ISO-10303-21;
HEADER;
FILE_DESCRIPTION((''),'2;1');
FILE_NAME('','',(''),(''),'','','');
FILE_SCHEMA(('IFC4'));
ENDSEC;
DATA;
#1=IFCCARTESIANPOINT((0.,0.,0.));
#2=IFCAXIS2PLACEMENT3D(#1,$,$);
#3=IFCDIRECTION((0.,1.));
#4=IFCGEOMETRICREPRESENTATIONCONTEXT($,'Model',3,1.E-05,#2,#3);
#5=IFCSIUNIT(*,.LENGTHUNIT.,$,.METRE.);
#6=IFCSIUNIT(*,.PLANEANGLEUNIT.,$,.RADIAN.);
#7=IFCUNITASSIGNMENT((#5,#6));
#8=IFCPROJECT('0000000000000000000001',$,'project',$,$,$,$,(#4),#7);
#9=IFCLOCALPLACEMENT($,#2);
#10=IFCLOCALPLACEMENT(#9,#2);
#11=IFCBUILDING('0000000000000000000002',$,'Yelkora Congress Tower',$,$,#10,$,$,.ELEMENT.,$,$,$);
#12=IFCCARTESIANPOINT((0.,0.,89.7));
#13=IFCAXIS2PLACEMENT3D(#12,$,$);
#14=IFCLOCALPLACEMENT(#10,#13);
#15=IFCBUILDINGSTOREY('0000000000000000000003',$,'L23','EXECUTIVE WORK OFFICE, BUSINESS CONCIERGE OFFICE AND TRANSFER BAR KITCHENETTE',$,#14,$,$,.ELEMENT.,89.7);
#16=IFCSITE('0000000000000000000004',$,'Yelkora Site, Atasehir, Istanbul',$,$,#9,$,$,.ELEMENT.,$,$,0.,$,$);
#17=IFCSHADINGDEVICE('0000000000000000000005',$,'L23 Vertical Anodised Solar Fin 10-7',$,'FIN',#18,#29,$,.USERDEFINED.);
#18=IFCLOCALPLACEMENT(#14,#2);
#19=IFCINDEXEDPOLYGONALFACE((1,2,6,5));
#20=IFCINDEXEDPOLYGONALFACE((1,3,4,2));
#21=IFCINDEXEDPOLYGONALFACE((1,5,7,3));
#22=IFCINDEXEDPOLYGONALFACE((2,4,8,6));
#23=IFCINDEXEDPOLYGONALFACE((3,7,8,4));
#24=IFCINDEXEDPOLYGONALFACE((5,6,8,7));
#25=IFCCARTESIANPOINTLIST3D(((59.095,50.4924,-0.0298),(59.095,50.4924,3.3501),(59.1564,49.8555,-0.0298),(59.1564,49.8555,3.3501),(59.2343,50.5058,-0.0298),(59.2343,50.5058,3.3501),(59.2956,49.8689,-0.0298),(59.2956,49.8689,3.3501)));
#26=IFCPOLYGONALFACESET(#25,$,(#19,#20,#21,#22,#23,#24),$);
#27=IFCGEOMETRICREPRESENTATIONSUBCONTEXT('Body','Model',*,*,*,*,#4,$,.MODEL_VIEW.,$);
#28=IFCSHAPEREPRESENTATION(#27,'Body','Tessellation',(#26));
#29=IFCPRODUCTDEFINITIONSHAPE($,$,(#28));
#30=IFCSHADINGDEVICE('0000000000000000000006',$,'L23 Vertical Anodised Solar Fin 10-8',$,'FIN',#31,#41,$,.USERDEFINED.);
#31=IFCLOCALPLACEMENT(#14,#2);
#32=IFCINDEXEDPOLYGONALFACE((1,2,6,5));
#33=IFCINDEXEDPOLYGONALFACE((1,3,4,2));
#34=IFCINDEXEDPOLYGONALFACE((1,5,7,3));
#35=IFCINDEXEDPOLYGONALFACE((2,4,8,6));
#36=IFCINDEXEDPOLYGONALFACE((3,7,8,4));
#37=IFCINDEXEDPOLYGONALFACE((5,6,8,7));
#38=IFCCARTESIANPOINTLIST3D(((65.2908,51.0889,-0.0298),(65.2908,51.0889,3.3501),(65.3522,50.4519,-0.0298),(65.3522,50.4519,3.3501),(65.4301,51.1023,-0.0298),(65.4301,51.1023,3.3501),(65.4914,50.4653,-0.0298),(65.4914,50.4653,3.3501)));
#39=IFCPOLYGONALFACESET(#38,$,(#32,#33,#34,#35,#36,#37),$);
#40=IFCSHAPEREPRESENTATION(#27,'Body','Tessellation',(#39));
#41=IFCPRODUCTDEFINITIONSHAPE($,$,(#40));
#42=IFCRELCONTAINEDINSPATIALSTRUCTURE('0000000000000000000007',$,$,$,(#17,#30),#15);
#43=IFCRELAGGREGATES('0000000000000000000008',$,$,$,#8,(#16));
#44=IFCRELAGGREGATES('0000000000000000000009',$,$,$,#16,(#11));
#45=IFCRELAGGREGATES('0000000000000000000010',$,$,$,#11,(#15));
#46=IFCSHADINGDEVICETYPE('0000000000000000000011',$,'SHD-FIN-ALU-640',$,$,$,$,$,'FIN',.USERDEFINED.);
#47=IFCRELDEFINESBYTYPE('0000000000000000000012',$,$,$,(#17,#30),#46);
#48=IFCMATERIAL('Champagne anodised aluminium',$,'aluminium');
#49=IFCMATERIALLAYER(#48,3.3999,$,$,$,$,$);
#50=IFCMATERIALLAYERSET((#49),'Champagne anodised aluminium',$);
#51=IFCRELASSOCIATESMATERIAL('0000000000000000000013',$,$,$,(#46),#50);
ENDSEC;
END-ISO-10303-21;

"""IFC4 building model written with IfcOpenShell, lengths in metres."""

from ifc_helpers import new_model, si_unit, direction, frame, origin, origin_2d, place, context, subcontext, project, spatial, rectangle, extrude, material, layer, layer_set, type_object, element, save


model = new_model("IFC4")

# Units and contexts
model_context = context("Model", 3, precision=1e-05, world=origin(), true_north=direction((0.0, 1.0)))
body_context = subcontext(model_context, "Body", "Model", "MODEL_VIEW")
ifc_project = project(units=[si_unit("LENGTHUNIT", "METRE"), si_unit("PLANEANGLEUNIT", "RADIAN")], contexts=[model_context])

# Site, building, storey
site_placement = place(None, origin())
site = spatial("IfcSite", under=ifc_project, at=site_placement, Name="Yelkora Site, Atasehir, Istanbul", CompositionType="ELEMENT", RefElevation=0.0)
building_placement = place(site_placement, origin())
building = spatial("IfcBuilding", under=site, at=building_placement, Name="Yelkora Congress Tower", CompositionType="ELEMENT")
storey_placement = place(building_placement, frame((0.0, 0.0, 89.7)))
storey = spatial("IfcBuildingStorey", under=building, at=storey_placement, Name="L23", Description="EXECUTIVE WORK OFFICE, BUSINESS CONCIERGE OFFICE AND TRANSFER BAR KITCHENETTE", CompositionType="ELEMENT", Elevation=89.7)

# Shading devices
ifc_material_1 = material(Name="Champagne anodised aluminium", Category="aluminium")
ifc_layer_1 = layer(ifc_material_1, 3.3999)
ifc_layer_set_1 = layer_set([ifc_layer_1], Name="Champagne anodised aluminium")
shading_device_type = type_object("IfcShadingDeviceType", Name="SHD-FIN-ALU-640", ElementType="FIN", PredefinedType="USERDEFINED", material=ifc_layer_set_1)
for number, where, z_axis, x_axis, name in (
    (1, (59.1953, 50.1807, -0.0298), (0.0, 0.0, 1.0), (0.995396, 0.095846, 0.0), "L23 Vertical Anodised Solar Fin 10-7"),
    (2, (65.3911, 50.7771, -0.0298), (0.0, 0.0, 1.0), (0.995396, 0.095846, 0.0), "L23 Vertical Anodised Solar Fin 10-8"),
):
    element("IfcShadingDevice", number, at=place(storey_placement, frame(where, z_axis=z_axis, x_axis=x_axis)), inside=storey, type_object=shading_device_type, Name=name, ObjectType="FIN", PredefinedType="USERDEFINED", context=body_context, shape_type="SweptSolid", body=[
        extrude(rectangle(XDim=0.1399, YDim=0.6399, at=origin_2d()), origin(), (0.0, 0.0, 1.0), 3.3799),
    ])

save(model, "model.ifc")
